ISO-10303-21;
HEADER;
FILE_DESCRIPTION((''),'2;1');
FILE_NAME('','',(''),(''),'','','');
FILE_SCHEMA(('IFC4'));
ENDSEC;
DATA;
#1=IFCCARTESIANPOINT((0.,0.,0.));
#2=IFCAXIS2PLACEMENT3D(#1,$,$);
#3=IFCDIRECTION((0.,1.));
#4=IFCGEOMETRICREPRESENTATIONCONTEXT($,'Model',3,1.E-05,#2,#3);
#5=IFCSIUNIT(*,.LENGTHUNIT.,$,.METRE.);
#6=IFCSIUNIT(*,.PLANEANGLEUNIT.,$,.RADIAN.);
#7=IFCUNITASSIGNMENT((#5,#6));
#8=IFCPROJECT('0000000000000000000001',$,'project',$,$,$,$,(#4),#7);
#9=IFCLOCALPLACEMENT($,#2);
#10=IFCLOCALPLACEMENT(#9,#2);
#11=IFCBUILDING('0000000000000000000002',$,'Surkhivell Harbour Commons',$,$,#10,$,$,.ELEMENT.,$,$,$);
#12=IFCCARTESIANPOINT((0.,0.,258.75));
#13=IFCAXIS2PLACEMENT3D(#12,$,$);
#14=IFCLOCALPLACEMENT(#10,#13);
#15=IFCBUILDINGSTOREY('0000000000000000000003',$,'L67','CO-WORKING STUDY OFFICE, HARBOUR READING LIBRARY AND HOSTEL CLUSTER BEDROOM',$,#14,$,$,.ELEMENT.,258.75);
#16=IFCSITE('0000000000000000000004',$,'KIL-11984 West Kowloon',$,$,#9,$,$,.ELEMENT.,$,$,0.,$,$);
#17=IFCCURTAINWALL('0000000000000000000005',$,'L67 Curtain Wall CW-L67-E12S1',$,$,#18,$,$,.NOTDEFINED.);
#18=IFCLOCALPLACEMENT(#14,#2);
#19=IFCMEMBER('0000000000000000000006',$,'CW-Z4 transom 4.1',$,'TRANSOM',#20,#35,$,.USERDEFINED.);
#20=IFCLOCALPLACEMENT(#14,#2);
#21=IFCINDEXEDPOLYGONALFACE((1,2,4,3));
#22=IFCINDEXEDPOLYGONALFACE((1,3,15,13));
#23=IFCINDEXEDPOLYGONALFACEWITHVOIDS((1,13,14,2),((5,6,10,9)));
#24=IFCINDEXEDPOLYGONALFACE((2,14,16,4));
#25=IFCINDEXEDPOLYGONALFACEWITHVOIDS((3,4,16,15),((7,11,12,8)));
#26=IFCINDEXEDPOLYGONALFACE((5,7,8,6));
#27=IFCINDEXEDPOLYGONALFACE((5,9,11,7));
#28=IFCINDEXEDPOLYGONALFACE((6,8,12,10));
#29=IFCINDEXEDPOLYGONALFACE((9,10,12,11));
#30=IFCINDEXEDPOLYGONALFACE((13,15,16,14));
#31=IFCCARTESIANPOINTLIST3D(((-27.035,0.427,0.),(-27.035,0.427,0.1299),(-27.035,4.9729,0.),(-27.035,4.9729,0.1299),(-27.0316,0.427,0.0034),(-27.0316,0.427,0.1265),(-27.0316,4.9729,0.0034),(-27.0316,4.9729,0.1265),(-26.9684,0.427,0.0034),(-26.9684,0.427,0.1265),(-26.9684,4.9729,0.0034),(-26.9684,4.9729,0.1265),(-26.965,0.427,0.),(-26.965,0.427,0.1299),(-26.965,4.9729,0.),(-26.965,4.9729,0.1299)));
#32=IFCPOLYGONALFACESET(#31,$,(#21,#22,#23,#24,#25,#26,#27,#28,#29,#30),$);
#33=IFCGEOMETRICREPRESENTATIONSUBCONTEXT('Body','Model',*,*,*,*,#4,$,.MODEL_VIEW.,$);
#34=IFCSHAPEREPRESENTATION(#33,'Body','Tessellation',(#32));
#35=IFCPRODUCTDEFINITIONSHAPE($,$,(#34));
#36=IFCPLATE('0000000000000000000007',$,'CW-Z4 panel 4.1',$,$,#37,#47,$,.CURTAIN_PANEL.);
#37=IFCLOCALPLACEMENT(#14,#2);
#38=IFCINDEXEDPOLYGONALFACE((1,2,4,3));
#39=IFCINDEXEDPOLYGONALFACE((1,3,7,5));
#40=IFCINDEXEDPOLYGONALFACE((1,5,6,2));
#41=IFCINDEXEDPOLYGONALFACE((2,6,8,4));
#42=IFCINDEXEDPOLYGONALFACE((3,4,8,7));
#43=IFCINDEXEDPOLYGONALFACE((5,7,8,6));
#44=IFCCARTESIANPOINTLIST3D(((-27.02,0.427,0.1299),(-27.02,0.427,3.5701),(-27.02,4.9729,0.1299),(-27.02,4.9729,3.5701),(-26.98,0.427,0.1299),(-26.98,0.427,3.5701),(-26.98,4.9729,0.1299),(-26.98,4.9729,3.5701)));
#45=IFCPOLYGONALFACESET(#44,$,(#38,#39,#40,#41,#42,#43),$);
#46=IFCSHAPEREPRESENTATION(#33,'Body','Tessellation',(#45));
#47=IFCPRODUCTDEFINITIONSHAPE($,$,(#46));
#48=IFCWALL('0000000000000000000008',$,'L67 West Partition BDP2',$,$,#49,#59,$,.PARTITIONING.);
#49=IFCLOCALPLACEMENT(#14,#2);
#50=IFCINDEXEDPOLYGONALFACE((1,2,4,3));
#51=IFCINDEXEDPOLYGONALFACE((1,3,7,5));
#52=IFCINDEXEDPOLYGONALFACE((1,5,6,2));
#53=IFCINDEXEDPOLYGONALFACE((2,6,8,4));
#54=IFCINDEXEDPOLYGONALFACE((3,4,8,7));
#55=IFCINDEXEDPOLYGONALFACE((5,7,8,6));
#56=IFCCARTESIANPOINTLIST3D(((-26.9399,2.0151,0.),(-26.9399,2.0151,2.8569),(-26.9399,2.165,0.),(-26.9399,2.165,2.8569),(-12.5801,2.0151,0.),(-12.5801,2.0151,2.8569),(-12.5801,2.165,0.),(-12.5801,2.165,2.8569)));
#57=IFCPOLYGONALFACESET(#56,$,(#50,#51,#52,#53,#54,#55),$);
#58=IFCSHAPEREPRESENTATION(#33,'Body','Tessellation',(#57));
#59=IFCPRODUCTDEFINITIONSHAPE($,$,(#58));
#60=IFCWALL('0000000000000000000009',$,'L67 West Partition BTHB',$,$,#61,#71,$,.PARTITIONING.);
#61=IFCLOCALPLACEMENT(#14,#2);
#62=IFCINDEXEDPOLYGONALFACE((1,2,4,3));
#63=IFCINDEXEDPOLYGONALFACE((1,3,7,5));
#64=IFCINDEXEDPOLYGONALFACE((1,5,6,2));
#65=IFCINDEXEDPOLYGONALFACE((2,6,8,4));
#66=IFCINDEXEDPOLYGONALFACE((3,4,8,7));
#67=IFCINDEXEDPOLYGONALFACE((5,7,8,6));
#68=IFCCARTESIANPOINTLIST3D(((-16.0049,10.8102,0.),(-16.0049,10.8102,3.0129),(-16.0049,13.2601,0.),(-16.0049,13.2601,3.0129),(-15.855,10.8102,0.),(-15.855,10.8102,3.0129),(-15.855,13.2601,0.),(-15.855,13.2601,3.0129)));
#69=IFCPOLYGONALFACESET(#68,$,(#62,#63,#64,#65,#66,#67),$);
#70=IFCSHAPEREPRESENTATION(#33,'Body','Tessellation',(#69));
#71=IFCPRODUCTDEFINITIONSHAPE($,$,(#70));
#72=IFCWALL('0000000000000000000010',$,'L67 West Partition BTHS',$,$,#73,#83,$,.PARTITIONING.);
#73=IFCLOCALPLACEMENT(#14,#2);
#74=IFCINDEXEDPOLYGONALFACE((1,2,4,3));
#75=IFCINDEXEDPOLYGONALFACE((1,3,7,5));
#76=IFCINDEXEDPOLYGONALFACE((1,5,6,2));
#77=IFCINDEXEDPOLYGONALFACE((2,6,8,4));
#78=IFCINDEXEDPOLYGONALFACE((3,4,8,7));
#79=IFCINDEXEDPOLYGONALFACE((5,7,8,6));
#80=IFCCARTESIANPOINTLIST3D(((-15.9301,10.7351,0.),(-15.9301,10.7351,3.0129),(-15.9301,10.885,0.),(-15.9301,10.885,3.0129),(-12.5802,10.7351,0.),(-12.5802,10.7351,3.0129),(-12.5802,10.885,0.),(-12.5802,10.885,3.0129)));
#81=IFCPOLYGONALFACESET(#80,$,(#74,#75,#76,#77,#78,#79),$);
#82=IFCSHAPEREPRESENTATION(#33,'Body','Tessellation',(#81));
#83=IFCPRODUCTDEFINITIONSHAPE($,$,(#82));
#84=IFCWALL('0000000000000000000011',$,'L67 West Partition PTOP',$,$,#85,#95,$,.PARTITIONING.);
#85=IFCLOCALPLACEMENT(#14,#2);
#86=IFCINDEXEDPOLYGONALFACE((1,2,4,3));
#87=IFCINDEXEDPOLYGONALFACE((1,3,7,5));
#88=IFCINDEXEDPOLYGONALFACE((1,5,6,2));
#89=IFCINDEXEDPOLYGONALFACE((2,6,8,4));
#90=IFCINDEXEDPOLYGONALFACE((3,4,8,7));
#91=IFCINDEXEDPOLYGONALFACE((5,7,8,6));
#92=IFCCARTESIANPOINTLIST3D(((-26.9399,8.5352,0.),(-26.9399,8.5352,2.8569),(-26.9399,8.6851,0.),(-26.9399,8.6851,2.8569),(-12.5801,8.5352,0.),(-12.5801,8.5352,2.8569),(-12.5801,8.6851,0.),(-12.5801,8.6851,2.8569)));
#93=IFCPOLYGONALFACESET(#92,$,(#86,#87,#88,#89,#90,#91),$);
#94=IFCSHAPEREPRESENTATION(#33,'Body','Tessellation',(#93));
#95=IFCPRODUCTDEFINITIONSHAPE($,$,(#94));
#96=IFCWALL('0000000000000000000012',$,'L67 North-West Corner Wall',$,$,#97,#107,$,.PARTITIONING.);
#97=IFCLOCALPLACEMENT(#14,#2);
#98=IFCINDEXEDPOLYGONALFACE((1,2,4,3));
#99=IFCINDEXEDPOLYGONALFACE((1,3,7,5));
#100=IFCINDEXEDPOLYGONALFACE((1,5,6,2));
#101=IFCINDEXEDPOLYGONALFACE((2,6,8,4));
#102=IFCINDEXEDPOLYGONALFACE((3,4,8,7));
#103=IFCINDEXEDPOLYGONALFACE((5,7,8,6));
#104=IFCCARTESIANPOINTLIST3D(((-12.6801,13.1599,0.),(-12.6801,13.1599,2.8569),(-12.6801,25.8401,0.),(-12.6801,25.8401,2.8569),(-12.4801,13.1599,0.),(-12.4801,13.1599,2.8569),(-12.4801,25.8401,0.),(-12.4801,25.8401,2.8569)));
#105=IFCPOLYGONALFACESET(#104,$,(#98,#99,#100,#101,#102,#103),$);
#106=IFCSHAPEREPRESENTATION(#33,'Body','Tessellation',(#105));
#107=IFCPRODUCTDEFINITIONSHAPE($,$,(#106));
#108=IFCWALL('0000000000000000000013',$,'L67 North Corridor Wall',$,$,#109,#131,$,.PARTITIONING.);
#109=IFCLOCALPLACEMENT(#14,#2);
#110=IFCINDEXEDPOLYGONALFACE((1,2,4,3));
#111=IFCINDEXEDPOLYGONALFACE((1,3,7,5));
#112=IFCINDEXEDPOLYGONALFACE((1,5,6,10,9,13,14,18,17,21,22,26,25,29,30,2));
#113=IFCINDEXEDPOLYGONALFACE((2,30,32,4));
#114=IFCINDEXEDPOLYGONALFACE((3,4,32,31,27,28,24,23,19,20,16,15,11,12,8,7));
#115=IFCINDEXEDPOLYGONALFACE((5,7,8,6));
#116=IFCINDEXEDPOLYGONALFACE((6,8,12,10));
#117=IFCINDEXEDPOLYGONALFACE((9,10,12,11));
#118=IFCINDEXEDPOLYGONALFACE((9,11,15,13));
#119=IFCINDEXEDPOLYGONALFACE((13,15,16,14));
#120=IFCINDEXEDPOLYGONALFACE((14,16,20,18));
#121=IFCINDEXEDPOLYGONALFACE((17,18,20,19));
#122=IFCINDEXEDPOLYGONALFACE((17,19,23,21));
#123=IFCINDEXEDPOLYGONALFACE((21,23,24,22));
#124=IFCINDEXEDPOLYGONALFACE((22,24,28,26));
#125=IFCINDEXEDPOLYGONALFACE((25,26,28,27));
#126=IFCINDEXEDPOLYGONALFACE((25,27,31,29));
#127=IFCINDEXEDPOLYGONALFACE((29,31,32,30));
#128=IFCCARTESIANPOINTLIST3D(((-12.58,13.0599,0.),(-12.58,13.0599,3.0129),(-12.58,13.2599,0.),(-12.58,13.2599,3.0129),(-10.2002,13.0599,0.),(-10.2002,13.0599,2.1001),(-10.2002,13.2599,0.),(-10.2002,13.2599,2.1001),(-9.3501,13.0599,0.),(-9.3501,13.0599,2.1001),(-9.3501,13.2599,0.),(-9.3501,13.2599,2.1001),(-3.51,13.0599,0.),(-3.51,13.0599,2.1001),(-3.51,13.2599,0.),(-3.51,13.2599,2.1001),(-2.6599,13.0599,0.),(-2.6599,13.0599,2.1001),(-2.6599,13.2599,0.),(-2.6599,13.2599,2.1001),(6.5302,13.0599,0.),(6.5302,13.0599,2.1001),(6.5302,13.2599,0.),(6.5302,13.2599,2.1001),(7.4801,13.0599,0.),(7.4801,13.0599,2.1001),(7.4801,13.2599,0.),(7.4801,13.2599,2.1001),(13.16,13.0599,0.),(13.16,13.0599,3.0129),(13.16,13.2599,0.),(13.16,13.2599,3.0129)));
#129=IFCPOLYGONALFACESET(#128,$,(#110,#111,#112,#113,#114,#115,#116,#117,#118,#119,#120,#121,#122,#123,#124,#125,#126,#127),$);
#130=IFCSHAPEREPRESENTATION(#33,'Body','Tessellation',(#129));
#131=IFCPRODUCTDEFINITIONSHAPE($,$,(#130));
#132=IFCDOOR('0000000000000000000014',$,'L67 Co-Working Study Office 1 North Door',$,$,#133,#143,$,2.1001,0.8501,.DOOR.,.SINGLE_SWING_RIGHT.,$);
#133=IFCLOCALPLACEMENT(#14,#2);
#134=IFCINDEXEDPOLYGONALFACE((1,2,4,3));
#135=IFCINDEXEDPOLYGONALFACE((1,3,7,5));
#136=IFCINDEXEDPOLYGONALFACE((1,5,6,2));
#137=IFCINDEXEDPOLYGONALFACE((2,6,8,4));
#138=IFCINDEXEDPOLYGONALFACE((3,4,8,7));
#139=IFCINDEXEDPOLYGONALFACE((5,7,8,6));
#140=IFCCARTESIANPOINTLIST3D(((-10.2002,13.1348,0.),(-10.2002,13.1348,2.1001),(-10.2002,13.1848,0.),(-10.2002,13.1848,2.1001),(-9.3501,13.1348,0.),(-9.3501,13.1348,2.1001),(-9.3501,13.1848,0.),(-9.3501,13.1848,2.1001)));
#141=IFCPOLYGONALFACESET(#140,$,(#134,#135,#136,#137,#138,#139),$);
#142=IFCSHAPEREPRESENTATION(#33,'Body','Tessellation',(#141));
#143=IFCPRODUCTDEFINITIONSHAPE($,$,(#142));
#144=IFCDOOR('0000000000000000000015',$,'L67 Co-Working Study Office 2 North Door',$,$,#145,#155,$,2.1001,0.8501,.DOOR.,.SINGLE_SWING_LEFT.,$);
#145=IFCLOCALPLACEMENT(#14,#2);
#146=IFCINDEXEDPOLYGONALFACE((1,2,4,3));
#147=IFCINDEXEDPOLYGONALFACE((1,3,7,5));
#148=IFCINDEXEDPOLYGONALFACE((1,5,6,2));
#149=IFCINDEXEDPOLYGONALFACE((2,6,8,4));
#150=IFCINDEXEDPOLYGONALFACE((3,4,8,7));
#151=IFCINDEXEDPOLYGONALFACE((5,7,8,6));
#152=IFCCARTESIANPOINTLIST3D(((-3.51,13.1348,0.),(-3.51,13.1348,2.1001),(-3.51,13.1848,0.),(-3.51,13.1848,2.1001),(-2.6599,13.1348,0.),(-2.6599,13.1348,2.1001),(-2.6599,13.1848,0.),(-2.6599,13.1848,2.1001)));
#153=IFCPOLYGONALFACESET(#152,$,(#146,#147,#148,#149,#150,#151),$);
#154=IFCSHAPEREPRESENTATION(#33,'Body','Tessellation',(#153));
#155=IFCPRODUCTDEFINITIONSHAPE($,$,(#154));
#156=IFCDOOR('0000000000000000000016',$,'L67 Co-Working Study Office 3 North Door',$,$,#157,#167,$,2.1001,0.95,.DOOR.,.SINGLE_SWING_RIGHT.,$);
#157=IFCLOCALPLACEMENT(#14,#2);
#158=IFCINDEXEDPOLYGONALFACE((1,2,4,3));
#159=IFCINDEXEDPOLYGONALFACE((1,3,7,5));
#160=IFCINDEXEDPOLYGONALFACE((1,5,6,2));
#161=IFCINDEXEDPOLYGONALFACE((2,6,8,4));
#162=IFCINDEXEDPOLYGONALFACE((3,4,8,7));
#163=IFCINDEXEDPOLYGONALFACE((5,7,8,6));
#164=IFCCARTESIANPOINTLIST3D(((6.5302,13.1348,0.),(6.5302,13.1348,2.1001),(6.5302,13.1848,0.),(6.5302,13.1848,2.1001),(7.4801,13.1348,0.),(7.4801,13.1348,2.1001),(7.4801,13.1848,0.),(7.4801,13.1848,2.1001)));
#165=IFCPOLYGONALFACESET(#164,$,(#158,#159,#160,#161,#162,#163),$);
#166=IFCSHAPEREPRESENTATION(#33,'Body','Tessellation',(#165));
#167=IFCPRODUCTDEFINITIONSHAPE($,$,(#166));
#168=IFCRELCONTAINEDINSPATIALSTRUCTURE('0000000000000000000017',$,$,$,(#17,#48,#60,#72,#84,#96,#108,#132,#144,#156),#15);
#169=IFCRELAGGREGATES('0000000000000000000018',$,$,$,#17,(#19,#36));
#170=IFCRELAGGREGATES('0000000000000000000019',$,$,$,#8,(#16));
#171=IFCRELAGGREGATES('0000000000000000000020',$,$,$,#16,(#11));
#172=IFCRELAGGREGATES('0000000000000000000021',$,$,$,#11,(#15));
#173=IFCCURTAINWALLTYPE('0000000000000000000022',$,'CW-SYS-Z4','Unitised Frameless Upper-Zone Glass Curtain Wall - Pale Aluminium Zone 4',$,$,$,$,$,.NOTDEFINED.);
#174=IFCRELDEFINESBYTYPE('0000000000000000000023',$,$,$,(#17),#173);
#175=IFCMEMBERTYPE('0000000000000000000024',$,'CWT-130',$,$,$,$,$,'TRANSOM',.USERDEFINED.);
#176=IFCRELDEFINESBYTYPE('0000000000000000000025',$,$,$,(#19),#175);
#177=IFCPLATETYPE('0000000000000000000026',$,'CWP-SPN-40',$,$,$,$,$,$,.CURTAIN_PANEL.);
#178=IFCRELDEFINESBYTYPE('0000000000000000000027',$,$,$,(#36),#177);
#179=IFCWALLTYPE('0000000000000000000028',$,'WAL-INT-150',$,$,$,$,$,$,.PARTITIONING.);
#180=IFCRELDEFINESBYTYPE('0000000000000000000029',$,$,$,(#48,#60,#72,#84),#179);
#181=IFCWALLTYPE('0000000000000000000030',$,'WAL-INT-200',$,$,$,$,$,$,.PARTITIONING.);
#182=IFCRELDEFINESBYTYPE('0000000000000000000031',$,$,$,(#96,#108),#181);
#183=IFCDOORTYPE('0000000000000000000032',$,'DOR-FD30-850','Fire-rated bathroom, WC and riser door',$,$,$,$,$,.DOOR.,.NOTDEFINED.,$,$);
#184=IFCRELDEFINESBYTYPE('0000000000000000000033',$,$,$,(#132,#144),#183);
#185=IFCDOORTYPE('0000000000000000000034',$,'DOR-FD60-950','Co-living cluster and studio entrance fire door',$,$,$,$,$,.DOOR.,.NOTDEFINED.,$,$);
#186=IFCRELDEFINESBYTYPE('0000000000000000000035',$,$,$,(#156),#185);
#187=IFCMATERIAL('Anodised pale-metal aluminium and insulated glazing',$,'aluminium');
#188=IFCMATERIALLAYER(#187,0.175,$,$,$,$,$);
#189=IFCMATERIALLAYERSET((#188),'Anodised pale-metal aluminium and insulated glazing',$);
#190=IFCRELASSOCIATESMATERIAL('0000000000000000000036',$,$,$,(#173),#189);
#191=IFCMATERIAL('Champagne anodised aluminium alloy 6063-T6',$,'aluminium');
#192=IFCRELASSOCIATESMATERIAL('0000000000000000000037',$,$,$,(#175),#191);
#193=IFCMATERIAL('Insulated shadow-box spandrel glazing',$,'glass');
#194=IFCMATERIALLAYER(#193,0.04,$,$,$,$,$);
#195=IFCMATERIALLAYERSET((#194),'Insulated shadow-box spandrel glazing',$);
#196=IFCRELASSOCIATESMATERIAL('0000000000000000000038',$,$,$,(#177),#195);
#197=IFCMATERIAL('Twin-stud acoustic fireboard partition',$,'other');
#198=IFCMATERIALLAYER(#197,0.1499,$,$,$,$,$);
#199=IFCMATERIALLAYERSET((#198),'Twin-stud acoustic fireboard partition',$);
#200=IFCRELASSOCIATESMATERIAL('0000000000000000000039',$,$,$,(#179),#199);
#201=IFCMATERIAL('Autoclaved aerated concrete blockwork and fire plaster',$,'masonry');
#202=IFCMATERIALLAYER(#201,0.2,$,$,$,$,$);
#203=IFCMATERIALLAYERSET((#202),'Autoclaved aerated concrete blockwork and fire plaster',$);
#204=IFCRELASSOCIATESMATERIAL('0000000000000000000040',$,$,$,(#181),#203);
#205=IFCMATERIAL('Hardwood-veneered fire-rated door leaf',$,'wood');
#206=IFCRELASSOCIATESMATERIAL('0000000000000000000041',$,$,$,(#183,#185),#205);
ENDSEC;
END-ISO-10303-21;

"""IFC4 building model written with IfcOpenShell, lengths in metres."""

from ifc_helpers import new_model, si_unit, direction, frame, frame_2d, origin, origin_2d, place, context, subcontext, project, spatial, rectangle, hollow_rectangle, extrude, material, layer, layer_set, material_profile, profile_set, type_object, element, fill, aggregate, save


model = new_model("IFC4")

# Units and contexts
model_context = context("Model", 3, precision=1e-05, world=origin(), true_north=direction((0.0, 1.0)))
body_context = subcontext(model_context, "Body", "Model", "MODEL_VIEW")
ifc_project = project(units=[si_unit("LENGTHUNIT", "METRE"), si_unit("PLANEANGLEUNIT", "RADIAN")], contexts=[model_context])

# Site, building, storey
site_placement = place(None, origin())
site = spatial("IfcSite", under=ifc_project, at=site_placement, Name="KIL-11984 West Kowloon", CompositionType="ELEMENT", RefElevation=0.0)
building_placement = place(site_placement, origin())
building = spatial("IfcBuilding", under=site, at=building_placement, Name="Surkhivell Harbour Commons", CompositionType="ELEMENT")
storey_placement = place(building_placement, frame((0.0, 0.0, 258.75)))
storey = spatial("IfcBuildingStorey", under=building, at=storey_placement, Name="L67", Description="CO-WORKING STUDY OFFICE, HARBOUR READING LIBRARY AND HOSTEL CLUSTER BEDROOM", CompositionType="ELEMENT", Elevation=258.75)

# Curtain wall, member, plate
ifc_material_1 = material(Name="Anodised pale-metal aluminium and insulated glazing", Category="aluminium")
ifc_layer_1 = layer(ifc_material_1, 0.175)
ifc_layer_set_1 = layer_set([ifc_layer_1], Name="Anodised pale-metal aluminium and insulated glazing")
curtain_wall_type = type_object("IfcCurtainWallType", Name="CW-SYS-Z4", Description="Unitised Frameless Upper-Zone Glass Curtain Wall - Pale Aluminium Zone 4", PredefinedType="NOTDEFINED", material=ifc_layer_set_1)
curtain_wall_placement = place(storey_placement, origin())
curtain_wall = element("IfcCurtainWall", 1, at=curtain_wall_placement, inside=storey, type_object=curtain_wall_type, Name="L67 Curtain Wall CW-L67-E12S1", PredefinedType="NOTDEFINED")
ifc_material_2 = material(Name="Champagne anodised aluminium alloy 6063-T6", Category="aluminium")
ifc_material_profile_1 = material_profile(ifc_material_2, hollow_rectangle(XDim=0.0701, YDim=0.1299, WallThickness=0.0034, at=origin_2d()), Name="ALU-TRAN-70x130")
ifc_profile_set_1 = profile_set([ifc_material_profile_1], Name="Champagne anodised aluminium alloy 6063-T6")
member_type_1 = type_object("IfcMemberType", Name="CWT-130", ElementType="TRANSOM", PredefinedType="USERDEFINED", material=ifc_profile_set_1)
member_1_placement = place(storey_placement, frame((-27.0, 4.9729, 0.0649), z_axis=(0.0, -1.0, 0.0), x_axis=(1.0, 0.0, 0.0)))
member_1 = element("IfcMember", 2, at=member_1_placement, type_object=member_type_1, Name="CW-Z4 transom 4.1", ObjectType="TRANSOM", PredefinedType="USERDEFINED", context=body_context, shape_type="SweptSolid", body=[
    extrude(hollow_rectangle(XDim=0.0701, YDim=0.1299, WallThickness=0.0034, at=origin_2d()), origin(), (0.0, 0.0, 1.0), 4.5459),
])
ifc_material_3 = material(Name="Insulated shadow-box spandrel glazing", Category="glass")
ifc_layer_2 = layer(ifc_material_3, 0.04)
ifc_layer_set_2 = layer_set([ifc_layer_2], Name="Insulated shadow-box spandrel glazing")
plate_type = type_object("IfcPlateType", Name="CWP-SPN-40", PredefinedType="CURTAIN_PANEL", material=ifc_layer_set_2)
plate_1_placement = place(storey_placement, frame((-27.0, 4.9729, 0.1299), z_axis=(0.0, 0.0, 1.0), x_axis=(0.0, -1.0, 0.0)))
plate_1 = element("IfcPlate", 3, at=plate_1_placement, type_object=plate_type, Name="CW-Z4 panel 4.1", PredefinedType="CURTAIN_PANEL", context=body_context, shape_type="SweptSolid", body=[
    extrude(rectangle(XDim=4.5459, YDim=0.04, at=frame_2d((2.2729, 0.0))), origin(), (0.0, 0.0, 1.0), 3.4402),
])
aggregate(curtain_wall, [member_1, plate_1])

# Walls
ifc_material_4 = material(Name="Twin-stud acoustic fireboard partition", Category="other")
ifc_layer_3 = layer(ifc_material_4, 0.1499)
ifc_layer_set_3 = layer_set([ifc_layer_3], Name="Twin-stud acoustic fireboard partition")
wall_type_1 = type_object("IfcWallType", Name="WAL-INT-150", PredefinedType="PARTITIONING", material=ifc_layer_set_3)
wall_1_placement = place(storey_placement, frame((-26.9399, 2.0901, 0.0), z_axis=(0.0, 0.0, 1.0), x_axis=(1.0, 0.0, 0.0)))
element("IfcWall", 4, at=wall_1_placement, inside=storey, type_object=wall_type_1, Name="L67 West Partition BDP2", PredefinedType="PARTITIONING", context=body_context, shape_type="SweptSolid", body=[
    extrude(rectangle(XDim=14.3599, YDim=0.1499, at=frame_2d((7.1799, 0.0))), origin(), (0.0, 0.0, 1.0), 2.8569),
])
wall_2_placement = place(storey_placement, frame((-15.9299, 10.8101, 0.0), z_axis=(0.0, 0.0, 1.0), x_axis=(0.0, 1.0, 0.0)))
element("IfcWall", 5, at=wall_2_placement, inside=storey, type_object=wall_type_1, Name="L67 West Partition BTHB", PredefinedType="PARTITIONING", context=body_context, shape_type="SweptSolid", body=[
    extrude(rectangle(XDim=2.45, YDim=0.1499, at=frame_2d((1.2251, 0.0))), origin(), (0.0, 0.0, 1.0), 3.0129),
])
wall_3_placement = place(storey_placement, frame((-15.9299, 10.8101, 0.0), z_axis=(0.0, 0.0, 1.0), x_axis=(1.0, 0.0, 0.0)))
element("IfcWall", 6, at=wall_3_placement, inside=storey, type_object=wall_type_1, Name="L67 West Partition BTHS", PredefinedType="PARTITIONING", context=body_context, shape_type="SweptSolid", body=[
    extrude(rectangle(XDim=3.3499, YDim=0.1499, at=frame_2d((1.6748, 0.0))), origin(), (0.0, 0.0, 1.0), 3.0129),
])
wall_4_placement = place(storey_placement, frame((-26.9399, 8.6101, 0.0), z_axis=(0.0, 0.0, 1.0), x_axis=(1.0, 0.0, 0.0)))
element("IfcWall", 7, at=wall_4_placement, inside=storey, type_object=wall_type_1, Name="L67 West Partition PTOP", PredefinedType="PARTITIONING", context=body_context, shape_type="SweptSolid", body=[
    extrude(rectangle(XDim=14.3599, YDim=0.1499, at=frame_2d((7.1799, 0.0))), origin(), (0.0, 0.0, 1.0), 2.8569),
])
ifc_material_5 = material(Name="Autoclaved aerated concrete blockwork and fire plaster", Category="masonry")
ifc_layer_4 = layer(ifc_material_5, 0.2)
ifc_layer_set_4 = layer_set([ifc_layer_4], Name="Autoclaved aerated concrete blockwork and fire plaster")
wall_type_2 = type_object("IfcWallType", Name="WAL-INT-200", PredefinedType="PARTITIONING", material=ifc_layer_set_4)
wall_5_placement = place(storey_placement, frame((-12.5801, 13.1599, 0.0), z_axis=(0.0, 0.0, 1.0), x_axis=(0.0, 1.0, 0.0)))
element("IfcWall", 8, at=wall_5_placement, inside=storey, type_object=wall_type_2, Name="L67 North-West Corner Wall", PredefinedType="PARTITIONING", context=body_context, shape_type="SweptSolid", body=[
    extrude(rectangle(XDim=12.6802, YDim=0.2, at=frame_2d((6.3401, 0.0))), origin(), (0.0, 0.0, 1.0), 2.8569),
])

# Wall, openings, doors
wall_6_placement = place(storey_placement, frame((-12.5801, 13.1599, 0.0), z_axis=(0.0, 0.0, 1.0), x_axis=(1.0, 0.0, 0.0)))
wall_6 = element("IfcWall", 9, at=wall_6_placement, inside=storey, type_object=wall_type_2, Name="L67 North Corridor Wall", PredefinedType="PARTITIONING", context=body_context, shape_type="SweptSolid", body=[
    extrude(rectangle(XDim=25.74, YDim=0.2, at=frame_2d((12.8701, 0.0))), origin(), (0.0, 0.0, 1.0), 3.0129),
])
opening_1_placement = place(wall_6_placement, frame((2.3799, 0.0, 0.0)))
opening_1 = element("IfcOpeningElement", 10, at=opening_1_placement, cuts=wall_6, PredefinedType="OPENING", context=body_context, shape_type="SweptSolid", body=[
    extrude(rectangle(XDim=0.8501, YDim=2.1001, at=frame_2d((0.425, 1.05))), frame((0.0, 0.1099, 0.0), z_axis=(0.0, -1.0, 0.0), x_axis=(1.0, 0.0, 0.0)), (0.0, 0.0, 1.0), 0.22),
])
opening_2_placement = place(wall_6_placement, frame((9.0701, 0.0, 0.0)))
opening_2 = element("IfcOpeningElement", 11, at=opening_2_placement, cuts=wall_6, PredefinedType="OPENING", context=body_context, shape_type="SweptSolid", body=[
    extrude(rectangle(XDim=0.8501, YDim=2.1001, at=frame_2d((0.425, 1.05))), frame((0.0, 0.1099, 0.0), z_axis=(0.0, -1.0, 0.0), x_axis=(1.0, 0.0, 0.0)), (0.0, 0.0, 1.0), 0.22),
])
opening_3_placement = place(wall_6_placement, frame((19.1101, 0.0, 0.0)))
opening_3 = element("IfcOpeningElement", 12, at=opening_3_placement, cuts=wall_6, PredefinedType="OPENING", context=body_context, shape_type="SweptSolid", body=[
    extrude(rectangle(XDim=0.95, YDim=2.1001, at=frame_2d((0.4751, 1.05))), frame((0.0, 0.1099, 0.0), z_axis=(0.0, -1.0, 0.0), x_axis=(1.0, 0.0, 0.0)), (0.0, 0.0, 1.0), 0.22),
])
ifc_material_6 = material(Name="Hardwood-veneered fire-rated door leaf", Category="wood")
door_type_1 = type_object("IfcDoorType", Name="DOR-FD30-850", Description="Fire-rated bathroom, WC and riser door", OperationType="NOTDEFINED", PredefinedType="DOOR", material=ifc_material_6)
door_1_placement = place(opening_1_placement, origin())
door_1 = element("IfcDoor", 13, at=door_1_placement, inside=storey, type_object=door_type_1, Name="L67 Co-Working Study Office 1 North Door", OperationType="SINGLE_SWING_RIGHT", OverallHeight=2.1001, OverallWidth=0.8501, PredefinedType="DOOR", context=body_context, shape_type="SweptSolid", body=[
    extrude(rectangle(XDim=0.8501, YDim=2.1001, at=frame_2d((0.425, 1.05))), frame((0.0, 0.0249, 0.0), z_axis=(0.0, -1.0, 0.0), x_axis=(1.0, 0.0, 0.0)), (0.0, 0.0, 1.0), 0.05),
])
fill(opening_1, door_1)
door_2_placement = place(opening_2_placement, origin())
door_2 = element("IfcDoor", 14, at=door_2_placement, inside=storey, type_object=door_type_1, Name="L67 Co-Working Study Office 2 North Door", OperationType="SINGLE_SWING_LEFT", OverallHeight=2.1001, OverallWidth=0.8501, PredefinedType="DOOR", context=body_context, shape_type="SweptSolid", body=[
    extrude(rectangle(XDim=0.8501, YDim=2.1001, at=frame_2d((0.425, 1.05))), frame((0.0, 0.0249, 0.0), z_axis=(0.0, -1.0, 0.0), x_axis=(1.0, 0.0, 0.0)), (0.0, 0.0, 1.0), 0.05),
])
fill(opening_2, door_2)
door_type_2 = type_object("IfcDoorType", Name="DOR-FD60-950", Description="Co-living cluster and studio entrance fire door", OperationType="NOTDEFINED", PredefinedType="DOOR", material=ifc_material_6)
door_3_placement = place(opening_3_placement, origin())
door_3 = element("IfcDoor", 15, at=door_3_placement, inside=storey, type_object=door_type_2, Name="L67 Co-Working Study Office 3 North Door", OperationType="SINGLE_SWING_RIGHT", OverallHeight=2.1001, OverallWidth=0.95, PredefinedType="DOOR", context=body_context, shape_type="SweptSolid", body=[
    extrude(rectangle(XDim=0.95, YDim=2.1001, at=frame_2d((0.4751, 1.05))), frame((0.0, 0.0249, 0.0), z_axis=(0.0, -1.0, 0.0), x_axis=(1.0, 0.0, 0.0)), (0.0, 0.0, 1.0), 0.05),
])
fill(opening_3, door_3)

save(model, "model.ifc")
